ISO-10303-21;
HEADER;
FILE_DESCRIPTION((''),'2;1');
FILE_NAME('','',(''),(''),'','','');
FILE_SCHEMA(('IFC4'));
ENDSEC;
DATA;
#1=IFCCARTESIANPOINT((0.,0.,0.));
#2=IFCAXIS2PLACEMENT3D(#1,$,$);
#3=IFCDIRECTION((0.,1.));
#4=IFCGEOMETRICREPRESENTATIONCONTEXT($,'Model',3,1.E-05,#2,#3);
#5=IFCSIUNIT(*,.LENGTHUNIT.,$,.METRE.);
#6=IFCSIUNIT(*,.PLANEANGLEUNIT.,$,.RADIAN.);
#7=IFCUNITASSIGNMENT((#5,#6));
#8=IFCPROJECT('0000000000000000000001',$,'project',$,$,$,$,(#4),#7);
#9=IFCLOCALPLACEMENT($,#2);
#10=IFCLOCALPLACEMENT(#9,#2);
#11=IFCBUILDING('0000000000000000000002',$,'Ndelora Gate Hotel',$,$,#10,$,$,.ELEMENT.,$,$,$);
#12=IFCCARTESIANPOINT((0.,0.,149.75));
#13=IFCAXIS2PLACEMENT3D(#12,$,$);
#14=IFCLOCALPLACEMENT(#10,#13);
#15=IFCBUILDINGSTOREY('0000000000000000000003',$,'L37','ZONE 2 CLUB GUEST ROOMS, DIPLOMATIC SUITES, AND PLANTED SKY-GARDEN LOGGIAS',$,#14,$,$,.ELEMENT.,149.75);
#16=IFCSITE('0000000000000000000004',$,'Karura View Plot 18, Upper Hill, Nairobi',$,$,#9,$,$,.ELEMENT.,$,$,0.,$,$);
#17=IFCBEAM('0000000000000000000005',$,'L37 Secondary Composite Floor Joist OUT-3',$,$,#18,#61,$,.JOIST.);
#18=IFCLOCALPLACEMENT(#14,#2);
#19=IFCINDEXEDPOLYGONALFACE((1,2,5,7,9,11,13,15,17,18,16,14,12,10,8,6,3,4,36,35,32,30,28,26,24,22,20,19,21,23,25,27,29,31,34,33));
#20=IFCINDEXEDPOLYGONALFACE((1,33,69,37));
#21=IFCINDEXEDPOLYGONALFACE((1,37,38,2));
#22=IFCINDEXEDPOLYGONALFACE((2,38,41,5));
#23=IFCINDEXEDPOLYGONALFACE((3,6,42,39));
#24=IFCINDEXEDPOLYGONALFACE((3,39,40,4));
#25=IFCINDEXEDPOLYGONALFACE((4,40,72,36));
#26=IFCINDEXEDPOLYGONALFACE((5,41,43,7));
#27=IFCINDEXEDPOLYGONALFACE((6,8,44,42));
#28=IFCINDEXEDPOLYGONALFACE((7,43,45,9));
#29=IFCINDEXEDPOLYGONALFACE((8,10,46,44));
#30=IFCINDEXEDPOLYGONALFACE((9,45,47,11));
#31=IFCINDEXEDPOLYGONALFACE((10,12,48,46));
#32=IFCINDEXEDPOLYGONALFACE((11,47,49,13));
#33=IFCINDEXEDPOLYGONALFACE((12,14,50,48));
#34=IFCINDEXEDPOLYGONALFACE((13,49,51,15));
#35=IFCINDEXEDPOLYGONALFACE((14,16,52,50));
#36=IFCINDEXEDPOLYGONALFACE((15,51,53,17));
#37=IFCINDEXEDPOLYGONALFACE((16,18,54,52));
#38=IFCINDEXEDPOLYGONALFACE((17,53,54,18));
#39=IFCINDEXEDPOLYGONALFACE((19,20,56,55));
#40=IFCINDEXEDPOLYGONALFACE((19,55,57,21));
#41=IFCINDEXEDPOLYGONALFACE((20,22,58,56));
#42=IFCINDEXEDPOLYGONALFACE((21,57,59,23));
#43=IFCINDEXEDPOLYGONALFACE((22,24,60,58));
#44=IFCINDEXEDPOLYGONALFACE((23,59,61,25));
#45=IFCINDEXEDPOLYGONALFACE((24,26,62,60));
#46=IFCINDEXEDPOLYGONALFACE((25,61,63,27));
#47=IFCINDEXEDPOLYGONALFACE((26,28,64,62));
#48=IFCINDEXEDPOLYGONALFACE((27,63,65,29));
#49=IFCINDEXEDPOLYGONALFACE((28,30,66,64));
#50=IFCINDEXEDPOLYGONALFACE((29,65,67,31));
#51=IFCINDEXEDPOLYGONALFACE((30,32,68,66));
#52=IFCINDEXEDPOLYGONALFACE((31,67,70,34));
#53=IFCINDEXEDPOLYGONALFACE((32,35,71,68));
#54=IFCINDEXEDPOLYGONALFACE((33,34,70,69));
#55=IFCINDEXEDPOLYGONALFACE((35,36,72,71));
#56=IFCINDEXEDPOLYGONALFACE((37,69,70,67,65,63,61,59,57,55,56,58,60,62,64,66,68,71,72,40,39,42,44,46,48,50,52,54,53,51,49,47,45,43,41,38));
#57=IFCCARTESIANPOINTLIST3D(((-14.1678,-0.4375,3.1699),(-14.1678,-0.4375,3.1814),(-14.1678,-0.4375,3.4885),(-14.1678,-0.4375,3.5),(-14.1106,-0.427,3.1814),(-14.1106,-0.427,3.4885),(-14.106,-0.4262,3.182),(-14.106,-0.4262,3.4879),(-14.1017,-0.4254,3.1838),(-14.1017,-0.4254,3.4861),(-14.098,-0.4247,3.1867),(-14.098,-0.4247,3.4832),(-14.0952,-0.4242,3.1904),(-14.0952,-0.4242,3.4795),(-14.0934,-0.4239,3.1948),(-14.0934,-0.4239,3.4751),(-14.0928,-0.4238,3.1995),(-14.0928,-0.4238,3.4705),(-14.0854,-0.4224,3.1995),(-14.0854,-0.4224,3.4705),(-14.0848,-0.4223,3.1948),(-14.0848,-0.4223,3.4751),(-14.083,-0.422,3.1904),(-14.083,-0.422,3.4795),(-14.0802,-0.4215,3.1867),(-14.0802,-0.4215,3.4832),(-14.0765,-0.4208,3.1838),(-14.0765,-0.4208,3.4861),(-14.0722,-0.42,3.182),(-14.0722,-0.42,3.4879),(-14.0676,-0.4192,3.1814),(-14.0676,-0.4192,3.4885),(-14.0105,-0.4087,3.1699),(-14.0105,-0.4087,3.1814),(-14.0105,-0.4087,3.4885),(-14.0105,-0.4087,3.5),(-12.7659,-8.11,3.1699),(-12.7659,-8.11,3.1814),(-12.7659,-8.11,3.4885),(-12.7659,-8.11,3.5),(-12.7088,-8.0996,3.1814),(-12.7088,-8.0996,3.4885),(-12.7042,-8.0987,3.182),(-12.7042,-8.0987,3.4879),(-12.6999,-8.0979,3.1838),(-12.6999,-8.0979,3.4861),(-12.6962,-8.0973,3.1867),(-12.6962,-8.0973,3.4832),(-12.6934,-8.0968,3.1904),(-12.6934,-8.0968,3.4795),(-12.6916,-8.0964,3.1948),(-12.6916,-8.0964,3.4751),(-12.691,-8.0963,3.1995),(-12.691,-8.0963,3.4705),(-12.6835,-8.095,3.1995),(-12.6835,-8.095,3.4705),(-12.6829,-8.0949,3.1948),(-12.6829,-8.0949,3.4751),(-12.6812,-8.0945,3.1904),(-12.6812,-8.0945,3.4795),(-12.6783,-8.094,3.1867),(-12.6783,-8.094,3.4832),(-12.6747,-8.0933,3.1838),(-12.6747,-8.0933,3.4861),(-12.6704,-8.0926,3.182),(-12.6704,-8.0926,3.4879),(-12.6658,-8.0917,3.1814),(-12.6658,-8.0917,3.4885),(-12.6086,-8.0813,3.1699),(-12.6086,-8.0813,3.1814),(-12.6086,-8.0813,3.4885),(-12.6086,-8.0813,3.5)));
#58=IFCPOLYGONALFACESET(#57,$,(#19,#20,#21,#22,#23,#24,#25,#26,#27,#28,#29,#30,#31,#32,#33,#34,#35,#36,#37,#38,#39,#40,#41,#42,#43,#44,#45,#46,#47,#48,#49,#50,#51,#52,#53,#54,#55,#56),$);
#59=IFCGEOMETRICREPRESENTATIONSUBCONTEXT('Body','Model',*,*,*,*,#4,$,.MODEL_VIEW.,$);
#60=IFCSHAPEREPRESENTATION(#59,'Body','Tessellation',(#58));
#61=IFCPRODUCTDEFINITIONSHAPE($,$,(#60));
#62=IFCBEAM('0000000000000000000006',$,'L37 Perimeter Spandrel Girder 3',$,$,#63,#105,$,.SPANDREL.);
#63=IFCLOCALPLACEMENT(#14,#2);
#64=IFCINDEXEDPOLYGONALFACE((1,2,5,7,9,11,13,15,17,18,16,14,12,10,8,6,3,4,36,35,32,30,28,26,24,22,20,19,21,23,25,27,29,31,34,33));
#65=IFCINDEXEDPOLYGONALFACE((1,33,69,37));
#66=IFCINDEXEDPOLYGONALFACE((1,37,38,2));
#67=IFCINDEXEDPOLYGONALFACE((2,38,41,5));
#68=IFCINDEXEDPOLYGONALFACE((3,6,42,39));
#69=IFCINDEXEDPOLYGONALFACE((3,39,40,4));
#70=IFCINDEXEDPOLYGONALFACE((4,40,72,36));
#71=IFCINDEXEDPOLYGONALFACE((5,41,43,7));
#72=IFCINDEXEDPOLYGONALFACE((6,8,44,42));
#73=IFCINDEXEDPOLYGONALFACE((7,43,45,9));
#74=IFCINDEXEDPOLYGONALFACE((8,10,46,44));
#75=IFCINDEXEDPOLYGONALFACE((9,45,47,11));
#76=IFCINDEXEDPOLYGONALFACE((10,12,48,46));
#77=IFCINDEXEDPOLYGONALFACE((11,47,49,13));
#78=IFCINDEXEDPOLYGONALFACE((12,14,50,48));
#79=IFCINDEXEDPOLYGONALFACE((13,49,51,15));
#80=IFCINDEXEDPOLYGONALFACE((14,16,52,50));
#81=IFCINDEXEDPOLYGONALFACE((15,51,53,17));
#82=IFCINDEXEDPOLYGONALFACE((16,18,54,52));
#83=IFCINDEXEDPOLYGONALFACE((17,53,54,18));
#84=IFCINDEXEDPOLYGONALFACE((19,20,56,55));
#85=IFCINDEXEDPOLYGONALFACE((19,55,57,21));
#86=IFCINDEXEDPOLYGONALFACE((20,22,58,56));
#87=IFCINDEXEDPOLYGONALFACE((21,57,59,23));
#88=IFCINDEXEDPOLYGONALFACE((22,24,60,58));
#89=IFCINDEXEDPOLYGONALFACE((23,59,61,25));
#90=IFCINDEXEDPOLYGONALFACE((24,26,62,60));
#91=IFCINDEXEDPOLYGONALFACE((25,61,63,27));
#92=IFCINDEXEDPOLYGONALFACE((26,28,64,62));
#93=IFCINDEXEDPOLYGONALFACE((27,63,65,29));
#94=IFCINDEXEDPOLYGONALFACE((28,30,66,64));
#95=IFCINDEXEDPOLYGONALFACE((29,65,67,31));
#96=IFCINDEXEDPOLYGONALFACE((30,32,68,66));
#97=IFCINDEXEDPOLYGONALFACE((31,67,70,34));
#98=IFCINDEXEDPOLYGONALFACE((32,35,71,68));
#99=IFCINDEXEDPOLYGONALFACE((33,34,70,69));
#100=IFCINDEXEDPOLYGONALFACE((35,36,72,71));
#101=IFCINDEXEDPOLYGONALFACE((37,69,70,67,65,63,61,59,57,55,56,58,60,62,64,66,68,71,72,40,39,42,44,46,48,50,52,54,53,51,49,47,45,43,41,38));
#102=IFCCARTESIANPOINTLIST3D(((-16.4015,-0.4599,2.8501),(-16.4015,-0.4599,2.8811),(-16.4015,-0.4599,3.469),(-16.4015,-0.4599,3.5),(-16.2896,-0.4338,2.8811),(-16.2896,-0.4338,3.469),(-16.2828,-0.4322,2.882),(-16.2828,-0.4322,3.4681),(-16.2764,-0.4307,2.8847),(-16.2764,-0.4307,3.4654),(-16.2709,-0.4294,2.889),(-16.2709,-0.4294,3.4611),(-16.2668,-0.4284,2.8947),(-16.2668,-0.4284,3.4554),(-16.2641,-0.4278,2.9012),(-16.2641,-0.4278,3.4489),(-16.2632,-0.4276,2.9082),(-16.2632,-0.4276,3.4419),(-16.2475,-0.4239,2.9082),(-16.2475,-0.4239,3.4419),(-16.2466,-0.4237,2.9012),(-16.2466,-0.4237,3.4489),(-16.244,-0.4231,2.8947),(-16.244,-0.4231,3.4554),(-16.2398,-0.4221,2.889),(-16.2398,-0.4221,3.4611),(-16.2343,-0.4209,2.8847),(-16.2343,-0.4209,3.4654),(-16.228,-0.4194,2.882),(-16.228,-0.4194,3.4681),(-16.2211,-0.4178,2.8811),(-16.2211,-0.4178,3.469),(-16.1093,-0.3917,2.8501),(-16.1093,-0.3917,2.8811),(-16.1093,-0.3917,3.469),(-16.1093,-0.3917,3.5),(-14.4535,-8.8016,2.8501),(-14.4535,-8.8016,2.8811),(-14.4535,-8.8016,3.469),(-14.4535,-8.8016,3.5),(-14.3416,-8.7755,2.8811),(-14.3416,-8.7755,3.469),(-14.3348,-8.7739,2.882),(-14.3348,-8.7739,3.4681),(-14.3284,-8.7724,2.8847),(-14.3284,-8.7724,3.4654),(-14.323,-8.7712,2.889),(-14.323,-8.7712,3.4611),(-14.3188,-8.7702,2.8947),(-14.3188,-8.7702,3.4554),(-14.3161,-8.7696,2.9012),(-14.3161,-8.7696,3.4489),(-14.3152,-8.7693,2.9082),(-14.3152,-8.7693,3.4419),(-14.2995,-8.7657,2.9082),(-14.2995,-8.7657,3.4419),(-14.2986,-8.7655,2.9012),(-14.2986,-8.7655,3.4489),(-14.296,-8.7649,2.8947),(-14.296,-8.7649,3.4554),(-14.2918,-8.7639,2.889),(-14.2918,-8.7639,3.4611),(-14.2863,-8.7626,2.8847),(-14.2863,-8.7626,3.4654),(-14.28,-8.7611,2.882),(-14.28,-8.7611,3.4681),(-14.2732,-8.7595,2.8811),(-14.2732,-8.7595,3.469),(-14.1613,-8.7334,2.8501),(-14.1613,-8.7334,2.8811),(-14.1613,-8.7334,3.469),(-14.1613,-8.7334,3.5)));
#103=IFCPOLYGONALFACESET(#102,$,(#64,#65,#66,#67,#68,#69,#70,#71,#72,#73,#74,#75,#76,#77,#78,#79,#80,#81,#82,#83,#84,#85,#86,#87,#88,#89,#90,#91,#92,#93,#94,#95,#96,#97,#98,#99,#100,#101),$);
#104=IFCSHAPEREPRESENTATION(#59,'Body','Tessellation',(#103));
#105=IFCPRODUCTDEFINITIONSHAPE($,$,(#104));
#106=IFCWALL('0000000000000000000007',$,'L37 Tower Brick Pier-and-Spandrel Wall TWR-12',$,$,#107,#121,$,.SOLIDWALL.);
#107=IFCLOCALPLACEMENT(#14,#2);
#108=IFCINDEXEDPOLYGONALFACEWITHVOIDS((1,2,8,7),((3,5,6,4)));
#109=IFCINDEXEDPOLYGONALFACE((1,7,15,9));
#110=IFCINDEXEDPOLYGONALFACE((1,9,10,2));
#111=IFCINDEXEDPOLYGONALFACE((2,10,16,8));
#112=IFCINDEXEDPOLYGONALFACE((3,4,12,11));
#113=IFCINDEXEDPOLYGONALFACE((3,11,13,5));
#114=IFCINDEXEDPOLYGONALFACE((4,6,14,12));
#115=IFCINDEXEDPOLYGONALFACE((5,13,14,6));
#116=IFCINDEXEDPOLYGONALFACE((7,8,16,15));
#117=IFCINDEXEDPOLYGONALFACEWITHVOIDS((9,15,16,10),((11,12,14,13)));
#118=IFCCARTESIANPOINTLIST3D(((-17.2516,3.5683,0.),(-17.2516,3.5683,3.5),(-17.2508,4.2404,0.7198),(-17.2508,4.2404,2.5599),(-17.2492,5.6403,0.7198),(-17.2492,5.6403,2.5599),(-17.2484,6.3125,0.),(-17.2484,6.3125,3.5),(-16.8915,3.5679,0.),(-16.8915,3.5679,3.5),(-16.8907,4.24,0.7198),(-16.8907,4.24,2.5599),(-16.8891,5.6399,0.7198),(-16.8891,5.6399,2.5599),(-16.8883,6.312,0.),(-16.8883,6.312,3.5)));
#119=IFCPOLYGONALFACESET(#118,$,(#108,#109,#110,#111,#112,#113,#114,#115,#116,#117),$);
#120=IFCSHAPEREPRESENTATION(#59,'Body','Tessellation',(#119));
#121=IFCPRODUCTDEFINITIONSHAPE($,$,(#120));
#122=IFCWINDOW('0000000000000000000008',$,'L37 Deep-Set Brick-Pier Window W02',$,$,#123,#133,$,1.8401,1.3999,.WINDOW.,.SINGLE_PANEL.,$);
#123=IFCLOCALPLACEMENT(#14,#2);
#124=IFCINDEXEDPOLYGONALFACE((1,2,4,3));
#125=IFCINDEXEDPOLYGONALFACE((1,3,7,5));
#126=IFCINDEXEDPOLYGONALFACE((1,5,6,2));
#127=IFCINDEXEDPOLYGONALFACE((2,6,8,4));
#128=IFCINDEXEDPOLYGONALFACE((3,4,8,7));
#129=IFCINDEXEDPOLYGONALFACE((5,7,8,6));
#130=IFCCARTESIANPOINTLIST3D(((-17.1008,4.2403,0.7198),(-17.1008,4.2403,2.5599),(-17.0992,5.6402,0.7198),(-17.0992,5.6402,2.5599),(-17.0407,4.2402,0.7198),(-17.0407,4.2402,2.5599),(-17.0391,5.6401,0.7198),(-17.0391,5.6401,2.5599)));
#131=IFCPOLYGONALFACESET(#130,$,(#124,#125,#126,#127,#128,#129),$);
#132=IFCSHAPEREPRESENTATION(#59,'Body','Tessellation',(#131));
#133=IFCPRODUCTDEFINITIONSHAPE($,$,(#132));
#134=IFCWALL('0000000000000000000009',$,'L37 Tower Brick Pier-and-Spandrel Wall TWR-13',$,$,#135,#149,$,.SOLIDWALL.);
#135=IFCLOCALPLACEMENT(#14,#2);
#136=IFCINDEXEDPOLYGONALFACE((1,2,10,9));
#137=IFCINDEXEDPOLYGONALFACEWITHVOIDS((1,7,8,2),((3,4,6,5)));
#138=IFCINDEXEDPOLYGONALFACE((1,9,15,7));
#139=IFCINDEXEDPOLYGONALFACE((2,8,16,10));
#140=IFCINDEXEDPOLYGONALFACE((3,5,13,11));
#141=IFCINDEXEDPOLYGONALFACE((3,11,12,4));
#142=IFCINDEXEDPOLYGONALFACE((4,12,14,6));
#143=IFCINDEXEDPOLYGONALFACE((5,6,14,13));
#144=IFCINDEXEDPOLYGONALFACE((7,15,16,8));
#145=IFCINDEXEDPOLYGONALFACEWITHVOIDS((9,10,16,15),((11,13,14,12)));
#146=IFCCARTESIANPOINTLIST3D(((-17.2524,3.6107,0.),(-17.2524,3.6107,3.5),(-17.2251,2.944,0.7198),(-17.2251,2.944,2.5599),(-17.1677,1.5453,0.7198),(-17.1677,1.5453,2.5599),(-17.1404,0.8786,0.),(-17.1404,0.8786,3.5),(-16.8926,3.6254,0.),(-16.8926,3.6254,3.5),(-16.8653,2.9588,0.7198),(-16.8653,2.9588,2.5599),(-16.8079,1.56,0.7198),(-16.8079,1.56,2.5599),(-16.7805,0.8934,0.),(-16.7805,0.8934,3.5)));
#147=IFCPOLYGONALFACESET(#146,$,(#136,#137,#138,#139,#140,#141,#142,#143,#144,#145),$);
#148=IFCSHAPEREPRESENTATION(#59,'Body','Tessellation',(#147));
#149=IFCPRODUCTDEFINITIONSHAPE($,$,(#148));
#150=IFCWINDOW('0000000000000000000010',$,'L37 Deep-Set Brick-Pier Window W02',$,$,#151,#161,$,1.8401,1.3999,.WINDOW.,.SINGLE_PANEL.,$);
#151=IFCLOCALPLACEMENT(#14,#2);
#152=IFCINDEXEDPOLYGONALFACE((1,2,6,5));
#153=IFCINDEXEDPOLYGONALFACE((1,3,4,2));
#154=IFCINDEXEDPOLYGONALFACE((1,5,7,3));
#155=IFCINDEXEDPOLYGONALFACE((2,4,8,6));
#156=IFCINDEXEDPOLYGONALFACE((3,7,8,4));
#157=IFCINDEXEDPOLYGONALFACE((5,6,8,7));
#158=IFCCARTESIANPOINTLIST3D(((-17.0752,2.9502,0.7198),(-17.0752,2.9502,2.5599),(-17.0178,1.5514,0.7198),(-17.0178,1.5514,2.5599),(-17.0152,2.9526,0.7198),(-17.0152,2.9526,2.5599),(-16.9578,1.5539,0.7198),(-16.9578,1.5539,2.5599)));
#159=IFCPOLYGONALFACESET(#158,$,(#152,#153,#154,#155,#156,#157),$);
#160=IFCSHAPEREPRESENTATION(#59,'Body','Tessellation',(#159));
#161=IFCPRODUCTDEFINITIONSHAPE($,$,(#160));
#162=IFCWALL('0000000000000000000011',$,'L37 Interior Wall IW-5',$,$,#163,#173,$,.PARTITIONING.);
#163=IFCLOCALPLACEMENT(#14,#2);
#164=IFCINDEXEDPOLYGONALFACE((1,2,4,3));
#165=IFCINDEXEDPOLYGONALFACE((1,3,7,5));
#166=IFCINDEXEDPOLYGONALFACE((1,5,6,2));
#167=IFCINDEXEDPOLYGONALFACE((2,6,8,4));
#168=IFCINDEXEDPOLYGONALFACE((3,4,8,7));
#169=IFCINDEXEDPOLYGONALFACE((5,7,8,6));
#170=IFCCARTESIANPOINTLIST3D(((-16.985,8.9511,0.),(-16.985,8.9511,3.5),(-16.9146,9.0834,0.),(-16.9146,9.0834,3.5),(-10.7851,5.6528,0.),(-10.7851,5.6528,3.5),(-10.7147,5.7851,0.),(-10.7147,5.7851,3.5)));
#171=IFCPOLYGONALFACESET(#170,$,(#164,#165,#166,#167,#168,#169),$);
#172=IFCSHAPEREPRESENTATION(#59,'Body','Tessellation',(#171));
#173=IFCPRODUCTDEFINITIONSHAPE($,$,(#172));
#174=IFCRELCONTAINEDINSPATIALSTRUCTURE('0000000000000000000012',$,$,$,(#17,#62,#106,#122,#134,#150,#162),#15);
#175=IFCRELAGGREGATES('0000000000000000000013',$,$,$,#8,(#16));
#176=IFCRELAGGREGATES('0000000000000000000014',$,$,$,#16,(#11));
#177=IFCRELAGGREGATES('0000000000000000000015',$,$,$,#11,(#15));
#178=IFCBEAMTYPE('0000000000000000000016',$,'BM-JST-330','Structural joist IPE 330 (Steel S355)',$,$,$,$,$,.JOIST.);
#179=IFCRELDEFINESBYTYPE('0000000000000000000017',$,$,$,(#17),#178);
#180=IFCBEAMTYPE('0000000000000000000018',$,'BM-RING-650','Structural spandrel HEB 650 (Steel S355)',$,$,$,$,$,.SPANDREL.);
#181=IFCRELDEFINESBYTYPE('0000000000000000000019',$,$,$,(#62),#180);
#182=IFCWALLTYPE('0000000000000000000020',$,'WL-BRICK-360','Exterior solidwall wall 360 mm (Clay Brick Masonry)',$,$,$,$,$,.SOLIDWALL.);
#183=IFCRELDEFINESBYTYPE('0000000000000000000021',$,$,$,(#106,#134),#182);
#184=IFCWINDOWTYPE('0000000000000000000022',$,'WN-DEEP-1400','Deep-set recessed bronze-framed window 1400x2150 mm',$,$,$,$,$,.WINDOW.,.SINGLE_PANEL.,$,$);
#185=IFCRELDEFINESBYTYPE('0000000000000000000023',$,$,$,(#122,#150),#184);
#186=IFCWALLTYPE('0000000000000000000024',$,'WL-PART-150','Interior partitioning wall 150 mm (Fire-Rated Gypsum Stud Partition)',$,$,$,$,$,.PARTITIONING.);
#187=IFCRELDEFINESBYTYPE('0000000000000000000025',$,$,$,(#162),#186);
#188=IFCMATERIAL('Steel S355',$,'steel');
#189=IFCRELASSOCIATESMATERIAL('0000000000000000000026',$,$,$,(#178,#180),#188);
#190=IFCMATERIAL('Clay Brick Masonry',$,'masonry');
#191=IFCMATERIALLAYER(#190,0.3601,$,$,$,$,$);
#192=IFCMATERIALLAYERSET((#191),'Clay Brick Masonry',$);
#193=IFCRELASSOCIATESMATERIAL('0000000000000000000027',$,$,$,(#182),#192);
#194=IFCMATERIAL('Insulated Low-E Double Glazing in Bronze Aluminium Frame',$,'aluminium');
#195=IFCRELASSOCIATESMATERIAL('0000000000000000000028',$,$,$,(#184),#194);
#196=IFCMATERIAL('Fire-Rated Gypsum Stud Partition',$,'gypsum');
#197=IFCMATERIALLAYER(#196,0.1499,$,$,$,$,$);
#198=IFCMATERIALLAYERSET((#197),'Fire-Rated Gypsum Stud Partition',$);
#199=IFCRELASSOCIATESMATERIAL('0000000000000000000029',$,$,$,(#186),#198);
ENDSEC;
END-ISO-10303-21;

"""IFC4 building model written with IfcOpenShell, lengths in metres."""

from ifc_helpers import new_model, si_unit, direction, frame, frame_2d, origin, origin_2d, place, context, subcontext, project, spatial, rectangle, i_section, extrude, material, layer, layer_set, material_profile, profile_set, type_object, element, fill, save


model = new_model("IFC4")

# Units and contexts
model_context = context("Model", 3, precision=1e-05, world=origin(), true_north=direction((0.0, 1.0)))
body_context = subcontext(model_context, "Body", "Model", "MODEL_VIEW")
ifc_project = project(units=[si_unit("LENGTHUNIT", "METRE"), si_unit("PLANEANGLEUNIT", "RADIAN")], contexts=[model_context])

# Site, building, storey
site_placement = place(None, origin())
site = spatial("IfcSite", under=ifc_project, at=site_placement, Name="Karura View Plot 18, Upper Hill, Nairobi", CompositionType="ELEMENT", RefElevation=0.0)
building_placement = place(site_placement, origin())
building = spatial("IfcBuilding", under=site, at=building_placement, Name="Ndelora Gate Hotel", CompositionType="ELEMENT")
storey_placement = place(building_placement, frame((0.0, 0.0, 149.75)))
storey = spatial("IfcBuildingStorey", under=building, at=storey_placement, Name="L37", Description="ZONE 2 CLUB GUEST ROOMS, DIPLOMATIC SUITES, AND PLANTED SKY-GARDEN LOGGIAS", CompositionType="ELEMENT", Elevation=149.75)

# Beams
ifc_material_1 = material(Name="Steel S355", Category="steel")
ifc_material_profile_1 = material_profile(ifc_material_1, i_section(OverallWidth=0.1599, OverallDepth=0.3301, WebThickness=0.0076, FlangeThickness=0.0115, FilletRadius=0.0181, at=origin_2d()), Name="IPE 330")
ifc_profile_set_1 = profile_set([ifc_material_profile_1], Name="Steel S355")
beam_type_1 = type_object("IfcBeamType", Name="BM-JST-330", Description="Structural joist IPE 330 (Steel S355)", PredefinedType="JOIST", material=ifc_profile_set_1)
beam_1_placement = place(storey_placement, frame((-14.0891, -0.4231, 3.335), z_axis=(0.179734, -0.983715, 0.0), x_axis=(0.983715, 0.179734, 0.0)))
element("IfcBeam", 1, at=beam_1_placement, inside=storey, type_object=beam_type_1, Name="L37 Secondary Composite Floor Joist OUT-3", PredefinedType="JOIST", context=body_context, shape_type="SweptSolid", body=[
    extrude(i_section(OverallWidth=0.1599, OverallDepth=0.3301, WebThickness=0.0076, FlangeThickness=0.0115, FilletRadius=0.0181, at=origin_2d()), origin(), (0.0, 0.0, 1.0), 7.7996),
])
ifc_material_profile_2 = material_profile(ifc_material_1, i_section(OverallWidth=0.3, OverallDepth=0.6499, WebThickness=0.0161, FlangeThickness=0.031, FilletRadius=0.0271, at=origin_2d()), Name="HEB 650")
ifc_profile_set_2 = profile_set([ifc_material_profile_2], Name="Steel S355")
beam_type_2 = type_object("IfcBeamType", Name="BM-RING-650", Description="Structural spandrel HEB 650 (Steel S355)", PredefinedType="SPANDREL", material=ifc_profile_set_2)
beam_2_placement = place(storey_placement, frame((-16.2554, -0.4258, 3.175), z_axis=(0.227404, -0.9738, 0.0), x_axis=(0.9738, 0.227404, 0.0)))
element("IfcBeam", 2, at=beam_2_placement, inside=storey, type_object=beam_type_2, Name="L37 Perimeter Spandrel Girder 3", PredefinedType="SPANDREL", context=body_context, shape_type="SweptSolid", body=[
    extrude(i_section(OverallWidth=0.3, OverallDepth=0.6499, WebThickness=0.0161, FlangeThickness=0.031, FilletRadius=0.0271, at=origin_2d()), origin(), (0.0, 0.0, 1.0), 8.5662),
])

# Walls, openings, windows
ifc_material_2 = material(Name="Clay Brick Masonry", Category="masonry")
ifc_layer_1 = layer(ifc_material_2, 0.3601)
ifc_layer_set_1 = layer_set([ifc_layer_1], Name="Clay Brick Masonry")
wall_type_1 = type_object("IfcWallType", Name="WL-BRICK-360", Description="Exterior solidwall wall 360 mm (Clay Brick Masonry)", PredefinedType="SOLIDWALL", material=ifc_layer_set_1)
wall_1_placement = place(storey_placement, frame((-17.0715, 3.5681, 0.0), z_axis=(0.0, 0.0, 1.0), x_axis=(0.001157, 0.999999, 0.0)))
wall_1 = element("IfcWall", 3, at=wall_1_placement, inside=storey, type_object=wall_type_1, Name="L37 Tower Brick Pier-and-Spandrel Wall TWR-12", PredefinedType="SOLIDWALL", context=body_context, shape_type="SweptSolid", body=[
    extrude(rectangle(XDim=2.7441, YDim=0.3601, at=frame_2d((1.3721, 0.0))), origin(), (0.0, 0.0, 1.0), 3.5),
])
opening_1_placement = place(wall_1_placement, frame((0.6721, 0.0, 0.72)))
opening_1 = element("IfcOpeningElement", 4, at=opening_1_placement, cuts=wall_1, PredefinedType="OPENING", context=body_context, shape_type="SweptSolid", body=[
    extrude(rectangle(XDim=1.3999, YDim=1.8401, at=frame_2d((0.7, 0.9199))), frame((0.0, 0.1899, 0.0), z_axis=(0.0, -1.0, 0.0), x_axis=(1.0, 0.0, 0.0)), (0.0, 0.0, 1.0), 0.3801),
])
ifc_material_3 = material(Name="Insulated Low-E Double Glazing in Bronze Aluminium Frame", Category="aluminium")
window_type = type_object("IfcWindowType", Name="WN-DEEP-1400", Description="Deep-set recessed bronze-framed window 1400x2150 mm", PartitioningType="SINGLE_PANEL", PredefinedType="WINDOW", material=ifc_material_3)
window_1_placement = place(opening_1_placement, origin())
window_1 = element("IfcWindow", 5, at=window_1_placement, inside=storey, type_object=window_type, Name="L37 Deep-Set Brick-Pier Window W02", OverallHeight=1.8401, OverallWidth=1.3999, PartitioningType="SINGLE_PANEL", PredefinedType="WINDOW", context=body_context, shape_type="SweptSolid", body=[
    extrude(rectangle(XDim=1.3999, YDim=1.8401, at=frame_2d((0.7, 0.9199))), frame((0.0, 0.03, 0.0), z_axis=(0.0, -1.0, 0.0), x_axis=(1.0, 0.0, 0.0)), (0.0, 0.0, 1.0), 0.0601),
])
fill(opening_1, window_1)
wall_2_placement = place(storey_placement, frame((-16.9604, 0.886, 0.0), z_axis=(0.0, 0.0, 1.0), x_axis=(-0.040981, 0.99916, 0.0)))
wall_2 = element("IfcWall", 6, at=wall_2_placement, inside=storey, type_object=wall_type_1, Name="L37 Tower Brick Pier-and-Spandrel Wall TWR-13", PredefinedType="SOLIDWALL", context=body_context, shape_type="SweptSolid", body=[
    extrude(rectangle(XDim=2.7344, YDim=0.3601, at=frame_2d((1.3672, 0.0))), origin(), (0.0, 0.0, 1.0), 3.5),
])
opening_2_placement = place(wall_2_placement, frame((0.6672, 0.0, 0.72)))
opening_2 = element("IfcOpeningElement", 7, at=opening_2_placement, cuts=wall_2, PredefinedType="OPENING", context=body_context, shape_type="SweptSolid", body=[
    extrude(rectangle(XDim=1.3999, YDim=1.8401, at=frame_2d((0.7, 0.9199))), frame((0.0, 0.1899, 0.0), z_axis=(0.0, -1.0, 0.0), x_axis=(1.0, 0.0, 0.0)), (0.0, 0.0, 1.0), 0.3801),
])
window_2_placement = place(opening_2_placement, origin())
window_2 = element("IfcWindow", 8, at=window_2_placement, inside=storey, type_object=window_type, Name="L37 Deep-Set Brick-Pier Window W02", OverallHeight=1.8401, OverallWidth=1.3999, PartitioningType="SINGLE_PANEL", PredefinedType="WINDOW", context=body_context, shape_type="SweptSolid", body=[
    extrude(rectangle(XDim=1.3999, YDim=1.8401, at=frame_2d((0.7, 0.9199))), frame((0.0, 0.03, 0.0), z_axis=(0.0, -1.0, 0.0), x_axis=(1.0, 0.0, 0.0)), (0.0, 0.0, 1.0), 0.0601),
])
fill(opening_2, window_2)

# Wall
ifc_material_4 = material(Name="Fire-Rated Gypsum Stud Partition", Category="gypsum")
ifc_layer_2 = layer(ifc_material_4, 0.1499)
ifc_layer_set_2 = layer_set([ifc_layer_2], Name="Fire-Rated Gypsum Stud Partition")
wall_type_2 = type_object("IfcWallType", Name="WL-PART-150", Description="Interior partitioning wall 150 mm (Fire-Rated Gypsum Stud Partition)", PredefinedType="PARTITIONING", material=ifc_layer_set_2)
wall_3_placement = place(storey_placement, frame((-10.75, 5.719, 0.0), z_axis=(0.0, 0.0, 1.0), x_axis=(-0.882843, 0.469668, 0.0)))
element("IfcWall", 9, at=wall_3_placement, inside=storey, type_object=wall_type_2, Name="L37 Interior Wall IW-5", PredefinedType="PARTITIONING", context=body_context, shape_type="SweptSolid", body=[
    extrude(rectangle(XDim=7.0227, YDim=0.1499, at=frame_2d((3.5112, 0.0))), origin(), (0.0, 0.0, 1.0), 3.5),
])

save(model, "model.ifc")
